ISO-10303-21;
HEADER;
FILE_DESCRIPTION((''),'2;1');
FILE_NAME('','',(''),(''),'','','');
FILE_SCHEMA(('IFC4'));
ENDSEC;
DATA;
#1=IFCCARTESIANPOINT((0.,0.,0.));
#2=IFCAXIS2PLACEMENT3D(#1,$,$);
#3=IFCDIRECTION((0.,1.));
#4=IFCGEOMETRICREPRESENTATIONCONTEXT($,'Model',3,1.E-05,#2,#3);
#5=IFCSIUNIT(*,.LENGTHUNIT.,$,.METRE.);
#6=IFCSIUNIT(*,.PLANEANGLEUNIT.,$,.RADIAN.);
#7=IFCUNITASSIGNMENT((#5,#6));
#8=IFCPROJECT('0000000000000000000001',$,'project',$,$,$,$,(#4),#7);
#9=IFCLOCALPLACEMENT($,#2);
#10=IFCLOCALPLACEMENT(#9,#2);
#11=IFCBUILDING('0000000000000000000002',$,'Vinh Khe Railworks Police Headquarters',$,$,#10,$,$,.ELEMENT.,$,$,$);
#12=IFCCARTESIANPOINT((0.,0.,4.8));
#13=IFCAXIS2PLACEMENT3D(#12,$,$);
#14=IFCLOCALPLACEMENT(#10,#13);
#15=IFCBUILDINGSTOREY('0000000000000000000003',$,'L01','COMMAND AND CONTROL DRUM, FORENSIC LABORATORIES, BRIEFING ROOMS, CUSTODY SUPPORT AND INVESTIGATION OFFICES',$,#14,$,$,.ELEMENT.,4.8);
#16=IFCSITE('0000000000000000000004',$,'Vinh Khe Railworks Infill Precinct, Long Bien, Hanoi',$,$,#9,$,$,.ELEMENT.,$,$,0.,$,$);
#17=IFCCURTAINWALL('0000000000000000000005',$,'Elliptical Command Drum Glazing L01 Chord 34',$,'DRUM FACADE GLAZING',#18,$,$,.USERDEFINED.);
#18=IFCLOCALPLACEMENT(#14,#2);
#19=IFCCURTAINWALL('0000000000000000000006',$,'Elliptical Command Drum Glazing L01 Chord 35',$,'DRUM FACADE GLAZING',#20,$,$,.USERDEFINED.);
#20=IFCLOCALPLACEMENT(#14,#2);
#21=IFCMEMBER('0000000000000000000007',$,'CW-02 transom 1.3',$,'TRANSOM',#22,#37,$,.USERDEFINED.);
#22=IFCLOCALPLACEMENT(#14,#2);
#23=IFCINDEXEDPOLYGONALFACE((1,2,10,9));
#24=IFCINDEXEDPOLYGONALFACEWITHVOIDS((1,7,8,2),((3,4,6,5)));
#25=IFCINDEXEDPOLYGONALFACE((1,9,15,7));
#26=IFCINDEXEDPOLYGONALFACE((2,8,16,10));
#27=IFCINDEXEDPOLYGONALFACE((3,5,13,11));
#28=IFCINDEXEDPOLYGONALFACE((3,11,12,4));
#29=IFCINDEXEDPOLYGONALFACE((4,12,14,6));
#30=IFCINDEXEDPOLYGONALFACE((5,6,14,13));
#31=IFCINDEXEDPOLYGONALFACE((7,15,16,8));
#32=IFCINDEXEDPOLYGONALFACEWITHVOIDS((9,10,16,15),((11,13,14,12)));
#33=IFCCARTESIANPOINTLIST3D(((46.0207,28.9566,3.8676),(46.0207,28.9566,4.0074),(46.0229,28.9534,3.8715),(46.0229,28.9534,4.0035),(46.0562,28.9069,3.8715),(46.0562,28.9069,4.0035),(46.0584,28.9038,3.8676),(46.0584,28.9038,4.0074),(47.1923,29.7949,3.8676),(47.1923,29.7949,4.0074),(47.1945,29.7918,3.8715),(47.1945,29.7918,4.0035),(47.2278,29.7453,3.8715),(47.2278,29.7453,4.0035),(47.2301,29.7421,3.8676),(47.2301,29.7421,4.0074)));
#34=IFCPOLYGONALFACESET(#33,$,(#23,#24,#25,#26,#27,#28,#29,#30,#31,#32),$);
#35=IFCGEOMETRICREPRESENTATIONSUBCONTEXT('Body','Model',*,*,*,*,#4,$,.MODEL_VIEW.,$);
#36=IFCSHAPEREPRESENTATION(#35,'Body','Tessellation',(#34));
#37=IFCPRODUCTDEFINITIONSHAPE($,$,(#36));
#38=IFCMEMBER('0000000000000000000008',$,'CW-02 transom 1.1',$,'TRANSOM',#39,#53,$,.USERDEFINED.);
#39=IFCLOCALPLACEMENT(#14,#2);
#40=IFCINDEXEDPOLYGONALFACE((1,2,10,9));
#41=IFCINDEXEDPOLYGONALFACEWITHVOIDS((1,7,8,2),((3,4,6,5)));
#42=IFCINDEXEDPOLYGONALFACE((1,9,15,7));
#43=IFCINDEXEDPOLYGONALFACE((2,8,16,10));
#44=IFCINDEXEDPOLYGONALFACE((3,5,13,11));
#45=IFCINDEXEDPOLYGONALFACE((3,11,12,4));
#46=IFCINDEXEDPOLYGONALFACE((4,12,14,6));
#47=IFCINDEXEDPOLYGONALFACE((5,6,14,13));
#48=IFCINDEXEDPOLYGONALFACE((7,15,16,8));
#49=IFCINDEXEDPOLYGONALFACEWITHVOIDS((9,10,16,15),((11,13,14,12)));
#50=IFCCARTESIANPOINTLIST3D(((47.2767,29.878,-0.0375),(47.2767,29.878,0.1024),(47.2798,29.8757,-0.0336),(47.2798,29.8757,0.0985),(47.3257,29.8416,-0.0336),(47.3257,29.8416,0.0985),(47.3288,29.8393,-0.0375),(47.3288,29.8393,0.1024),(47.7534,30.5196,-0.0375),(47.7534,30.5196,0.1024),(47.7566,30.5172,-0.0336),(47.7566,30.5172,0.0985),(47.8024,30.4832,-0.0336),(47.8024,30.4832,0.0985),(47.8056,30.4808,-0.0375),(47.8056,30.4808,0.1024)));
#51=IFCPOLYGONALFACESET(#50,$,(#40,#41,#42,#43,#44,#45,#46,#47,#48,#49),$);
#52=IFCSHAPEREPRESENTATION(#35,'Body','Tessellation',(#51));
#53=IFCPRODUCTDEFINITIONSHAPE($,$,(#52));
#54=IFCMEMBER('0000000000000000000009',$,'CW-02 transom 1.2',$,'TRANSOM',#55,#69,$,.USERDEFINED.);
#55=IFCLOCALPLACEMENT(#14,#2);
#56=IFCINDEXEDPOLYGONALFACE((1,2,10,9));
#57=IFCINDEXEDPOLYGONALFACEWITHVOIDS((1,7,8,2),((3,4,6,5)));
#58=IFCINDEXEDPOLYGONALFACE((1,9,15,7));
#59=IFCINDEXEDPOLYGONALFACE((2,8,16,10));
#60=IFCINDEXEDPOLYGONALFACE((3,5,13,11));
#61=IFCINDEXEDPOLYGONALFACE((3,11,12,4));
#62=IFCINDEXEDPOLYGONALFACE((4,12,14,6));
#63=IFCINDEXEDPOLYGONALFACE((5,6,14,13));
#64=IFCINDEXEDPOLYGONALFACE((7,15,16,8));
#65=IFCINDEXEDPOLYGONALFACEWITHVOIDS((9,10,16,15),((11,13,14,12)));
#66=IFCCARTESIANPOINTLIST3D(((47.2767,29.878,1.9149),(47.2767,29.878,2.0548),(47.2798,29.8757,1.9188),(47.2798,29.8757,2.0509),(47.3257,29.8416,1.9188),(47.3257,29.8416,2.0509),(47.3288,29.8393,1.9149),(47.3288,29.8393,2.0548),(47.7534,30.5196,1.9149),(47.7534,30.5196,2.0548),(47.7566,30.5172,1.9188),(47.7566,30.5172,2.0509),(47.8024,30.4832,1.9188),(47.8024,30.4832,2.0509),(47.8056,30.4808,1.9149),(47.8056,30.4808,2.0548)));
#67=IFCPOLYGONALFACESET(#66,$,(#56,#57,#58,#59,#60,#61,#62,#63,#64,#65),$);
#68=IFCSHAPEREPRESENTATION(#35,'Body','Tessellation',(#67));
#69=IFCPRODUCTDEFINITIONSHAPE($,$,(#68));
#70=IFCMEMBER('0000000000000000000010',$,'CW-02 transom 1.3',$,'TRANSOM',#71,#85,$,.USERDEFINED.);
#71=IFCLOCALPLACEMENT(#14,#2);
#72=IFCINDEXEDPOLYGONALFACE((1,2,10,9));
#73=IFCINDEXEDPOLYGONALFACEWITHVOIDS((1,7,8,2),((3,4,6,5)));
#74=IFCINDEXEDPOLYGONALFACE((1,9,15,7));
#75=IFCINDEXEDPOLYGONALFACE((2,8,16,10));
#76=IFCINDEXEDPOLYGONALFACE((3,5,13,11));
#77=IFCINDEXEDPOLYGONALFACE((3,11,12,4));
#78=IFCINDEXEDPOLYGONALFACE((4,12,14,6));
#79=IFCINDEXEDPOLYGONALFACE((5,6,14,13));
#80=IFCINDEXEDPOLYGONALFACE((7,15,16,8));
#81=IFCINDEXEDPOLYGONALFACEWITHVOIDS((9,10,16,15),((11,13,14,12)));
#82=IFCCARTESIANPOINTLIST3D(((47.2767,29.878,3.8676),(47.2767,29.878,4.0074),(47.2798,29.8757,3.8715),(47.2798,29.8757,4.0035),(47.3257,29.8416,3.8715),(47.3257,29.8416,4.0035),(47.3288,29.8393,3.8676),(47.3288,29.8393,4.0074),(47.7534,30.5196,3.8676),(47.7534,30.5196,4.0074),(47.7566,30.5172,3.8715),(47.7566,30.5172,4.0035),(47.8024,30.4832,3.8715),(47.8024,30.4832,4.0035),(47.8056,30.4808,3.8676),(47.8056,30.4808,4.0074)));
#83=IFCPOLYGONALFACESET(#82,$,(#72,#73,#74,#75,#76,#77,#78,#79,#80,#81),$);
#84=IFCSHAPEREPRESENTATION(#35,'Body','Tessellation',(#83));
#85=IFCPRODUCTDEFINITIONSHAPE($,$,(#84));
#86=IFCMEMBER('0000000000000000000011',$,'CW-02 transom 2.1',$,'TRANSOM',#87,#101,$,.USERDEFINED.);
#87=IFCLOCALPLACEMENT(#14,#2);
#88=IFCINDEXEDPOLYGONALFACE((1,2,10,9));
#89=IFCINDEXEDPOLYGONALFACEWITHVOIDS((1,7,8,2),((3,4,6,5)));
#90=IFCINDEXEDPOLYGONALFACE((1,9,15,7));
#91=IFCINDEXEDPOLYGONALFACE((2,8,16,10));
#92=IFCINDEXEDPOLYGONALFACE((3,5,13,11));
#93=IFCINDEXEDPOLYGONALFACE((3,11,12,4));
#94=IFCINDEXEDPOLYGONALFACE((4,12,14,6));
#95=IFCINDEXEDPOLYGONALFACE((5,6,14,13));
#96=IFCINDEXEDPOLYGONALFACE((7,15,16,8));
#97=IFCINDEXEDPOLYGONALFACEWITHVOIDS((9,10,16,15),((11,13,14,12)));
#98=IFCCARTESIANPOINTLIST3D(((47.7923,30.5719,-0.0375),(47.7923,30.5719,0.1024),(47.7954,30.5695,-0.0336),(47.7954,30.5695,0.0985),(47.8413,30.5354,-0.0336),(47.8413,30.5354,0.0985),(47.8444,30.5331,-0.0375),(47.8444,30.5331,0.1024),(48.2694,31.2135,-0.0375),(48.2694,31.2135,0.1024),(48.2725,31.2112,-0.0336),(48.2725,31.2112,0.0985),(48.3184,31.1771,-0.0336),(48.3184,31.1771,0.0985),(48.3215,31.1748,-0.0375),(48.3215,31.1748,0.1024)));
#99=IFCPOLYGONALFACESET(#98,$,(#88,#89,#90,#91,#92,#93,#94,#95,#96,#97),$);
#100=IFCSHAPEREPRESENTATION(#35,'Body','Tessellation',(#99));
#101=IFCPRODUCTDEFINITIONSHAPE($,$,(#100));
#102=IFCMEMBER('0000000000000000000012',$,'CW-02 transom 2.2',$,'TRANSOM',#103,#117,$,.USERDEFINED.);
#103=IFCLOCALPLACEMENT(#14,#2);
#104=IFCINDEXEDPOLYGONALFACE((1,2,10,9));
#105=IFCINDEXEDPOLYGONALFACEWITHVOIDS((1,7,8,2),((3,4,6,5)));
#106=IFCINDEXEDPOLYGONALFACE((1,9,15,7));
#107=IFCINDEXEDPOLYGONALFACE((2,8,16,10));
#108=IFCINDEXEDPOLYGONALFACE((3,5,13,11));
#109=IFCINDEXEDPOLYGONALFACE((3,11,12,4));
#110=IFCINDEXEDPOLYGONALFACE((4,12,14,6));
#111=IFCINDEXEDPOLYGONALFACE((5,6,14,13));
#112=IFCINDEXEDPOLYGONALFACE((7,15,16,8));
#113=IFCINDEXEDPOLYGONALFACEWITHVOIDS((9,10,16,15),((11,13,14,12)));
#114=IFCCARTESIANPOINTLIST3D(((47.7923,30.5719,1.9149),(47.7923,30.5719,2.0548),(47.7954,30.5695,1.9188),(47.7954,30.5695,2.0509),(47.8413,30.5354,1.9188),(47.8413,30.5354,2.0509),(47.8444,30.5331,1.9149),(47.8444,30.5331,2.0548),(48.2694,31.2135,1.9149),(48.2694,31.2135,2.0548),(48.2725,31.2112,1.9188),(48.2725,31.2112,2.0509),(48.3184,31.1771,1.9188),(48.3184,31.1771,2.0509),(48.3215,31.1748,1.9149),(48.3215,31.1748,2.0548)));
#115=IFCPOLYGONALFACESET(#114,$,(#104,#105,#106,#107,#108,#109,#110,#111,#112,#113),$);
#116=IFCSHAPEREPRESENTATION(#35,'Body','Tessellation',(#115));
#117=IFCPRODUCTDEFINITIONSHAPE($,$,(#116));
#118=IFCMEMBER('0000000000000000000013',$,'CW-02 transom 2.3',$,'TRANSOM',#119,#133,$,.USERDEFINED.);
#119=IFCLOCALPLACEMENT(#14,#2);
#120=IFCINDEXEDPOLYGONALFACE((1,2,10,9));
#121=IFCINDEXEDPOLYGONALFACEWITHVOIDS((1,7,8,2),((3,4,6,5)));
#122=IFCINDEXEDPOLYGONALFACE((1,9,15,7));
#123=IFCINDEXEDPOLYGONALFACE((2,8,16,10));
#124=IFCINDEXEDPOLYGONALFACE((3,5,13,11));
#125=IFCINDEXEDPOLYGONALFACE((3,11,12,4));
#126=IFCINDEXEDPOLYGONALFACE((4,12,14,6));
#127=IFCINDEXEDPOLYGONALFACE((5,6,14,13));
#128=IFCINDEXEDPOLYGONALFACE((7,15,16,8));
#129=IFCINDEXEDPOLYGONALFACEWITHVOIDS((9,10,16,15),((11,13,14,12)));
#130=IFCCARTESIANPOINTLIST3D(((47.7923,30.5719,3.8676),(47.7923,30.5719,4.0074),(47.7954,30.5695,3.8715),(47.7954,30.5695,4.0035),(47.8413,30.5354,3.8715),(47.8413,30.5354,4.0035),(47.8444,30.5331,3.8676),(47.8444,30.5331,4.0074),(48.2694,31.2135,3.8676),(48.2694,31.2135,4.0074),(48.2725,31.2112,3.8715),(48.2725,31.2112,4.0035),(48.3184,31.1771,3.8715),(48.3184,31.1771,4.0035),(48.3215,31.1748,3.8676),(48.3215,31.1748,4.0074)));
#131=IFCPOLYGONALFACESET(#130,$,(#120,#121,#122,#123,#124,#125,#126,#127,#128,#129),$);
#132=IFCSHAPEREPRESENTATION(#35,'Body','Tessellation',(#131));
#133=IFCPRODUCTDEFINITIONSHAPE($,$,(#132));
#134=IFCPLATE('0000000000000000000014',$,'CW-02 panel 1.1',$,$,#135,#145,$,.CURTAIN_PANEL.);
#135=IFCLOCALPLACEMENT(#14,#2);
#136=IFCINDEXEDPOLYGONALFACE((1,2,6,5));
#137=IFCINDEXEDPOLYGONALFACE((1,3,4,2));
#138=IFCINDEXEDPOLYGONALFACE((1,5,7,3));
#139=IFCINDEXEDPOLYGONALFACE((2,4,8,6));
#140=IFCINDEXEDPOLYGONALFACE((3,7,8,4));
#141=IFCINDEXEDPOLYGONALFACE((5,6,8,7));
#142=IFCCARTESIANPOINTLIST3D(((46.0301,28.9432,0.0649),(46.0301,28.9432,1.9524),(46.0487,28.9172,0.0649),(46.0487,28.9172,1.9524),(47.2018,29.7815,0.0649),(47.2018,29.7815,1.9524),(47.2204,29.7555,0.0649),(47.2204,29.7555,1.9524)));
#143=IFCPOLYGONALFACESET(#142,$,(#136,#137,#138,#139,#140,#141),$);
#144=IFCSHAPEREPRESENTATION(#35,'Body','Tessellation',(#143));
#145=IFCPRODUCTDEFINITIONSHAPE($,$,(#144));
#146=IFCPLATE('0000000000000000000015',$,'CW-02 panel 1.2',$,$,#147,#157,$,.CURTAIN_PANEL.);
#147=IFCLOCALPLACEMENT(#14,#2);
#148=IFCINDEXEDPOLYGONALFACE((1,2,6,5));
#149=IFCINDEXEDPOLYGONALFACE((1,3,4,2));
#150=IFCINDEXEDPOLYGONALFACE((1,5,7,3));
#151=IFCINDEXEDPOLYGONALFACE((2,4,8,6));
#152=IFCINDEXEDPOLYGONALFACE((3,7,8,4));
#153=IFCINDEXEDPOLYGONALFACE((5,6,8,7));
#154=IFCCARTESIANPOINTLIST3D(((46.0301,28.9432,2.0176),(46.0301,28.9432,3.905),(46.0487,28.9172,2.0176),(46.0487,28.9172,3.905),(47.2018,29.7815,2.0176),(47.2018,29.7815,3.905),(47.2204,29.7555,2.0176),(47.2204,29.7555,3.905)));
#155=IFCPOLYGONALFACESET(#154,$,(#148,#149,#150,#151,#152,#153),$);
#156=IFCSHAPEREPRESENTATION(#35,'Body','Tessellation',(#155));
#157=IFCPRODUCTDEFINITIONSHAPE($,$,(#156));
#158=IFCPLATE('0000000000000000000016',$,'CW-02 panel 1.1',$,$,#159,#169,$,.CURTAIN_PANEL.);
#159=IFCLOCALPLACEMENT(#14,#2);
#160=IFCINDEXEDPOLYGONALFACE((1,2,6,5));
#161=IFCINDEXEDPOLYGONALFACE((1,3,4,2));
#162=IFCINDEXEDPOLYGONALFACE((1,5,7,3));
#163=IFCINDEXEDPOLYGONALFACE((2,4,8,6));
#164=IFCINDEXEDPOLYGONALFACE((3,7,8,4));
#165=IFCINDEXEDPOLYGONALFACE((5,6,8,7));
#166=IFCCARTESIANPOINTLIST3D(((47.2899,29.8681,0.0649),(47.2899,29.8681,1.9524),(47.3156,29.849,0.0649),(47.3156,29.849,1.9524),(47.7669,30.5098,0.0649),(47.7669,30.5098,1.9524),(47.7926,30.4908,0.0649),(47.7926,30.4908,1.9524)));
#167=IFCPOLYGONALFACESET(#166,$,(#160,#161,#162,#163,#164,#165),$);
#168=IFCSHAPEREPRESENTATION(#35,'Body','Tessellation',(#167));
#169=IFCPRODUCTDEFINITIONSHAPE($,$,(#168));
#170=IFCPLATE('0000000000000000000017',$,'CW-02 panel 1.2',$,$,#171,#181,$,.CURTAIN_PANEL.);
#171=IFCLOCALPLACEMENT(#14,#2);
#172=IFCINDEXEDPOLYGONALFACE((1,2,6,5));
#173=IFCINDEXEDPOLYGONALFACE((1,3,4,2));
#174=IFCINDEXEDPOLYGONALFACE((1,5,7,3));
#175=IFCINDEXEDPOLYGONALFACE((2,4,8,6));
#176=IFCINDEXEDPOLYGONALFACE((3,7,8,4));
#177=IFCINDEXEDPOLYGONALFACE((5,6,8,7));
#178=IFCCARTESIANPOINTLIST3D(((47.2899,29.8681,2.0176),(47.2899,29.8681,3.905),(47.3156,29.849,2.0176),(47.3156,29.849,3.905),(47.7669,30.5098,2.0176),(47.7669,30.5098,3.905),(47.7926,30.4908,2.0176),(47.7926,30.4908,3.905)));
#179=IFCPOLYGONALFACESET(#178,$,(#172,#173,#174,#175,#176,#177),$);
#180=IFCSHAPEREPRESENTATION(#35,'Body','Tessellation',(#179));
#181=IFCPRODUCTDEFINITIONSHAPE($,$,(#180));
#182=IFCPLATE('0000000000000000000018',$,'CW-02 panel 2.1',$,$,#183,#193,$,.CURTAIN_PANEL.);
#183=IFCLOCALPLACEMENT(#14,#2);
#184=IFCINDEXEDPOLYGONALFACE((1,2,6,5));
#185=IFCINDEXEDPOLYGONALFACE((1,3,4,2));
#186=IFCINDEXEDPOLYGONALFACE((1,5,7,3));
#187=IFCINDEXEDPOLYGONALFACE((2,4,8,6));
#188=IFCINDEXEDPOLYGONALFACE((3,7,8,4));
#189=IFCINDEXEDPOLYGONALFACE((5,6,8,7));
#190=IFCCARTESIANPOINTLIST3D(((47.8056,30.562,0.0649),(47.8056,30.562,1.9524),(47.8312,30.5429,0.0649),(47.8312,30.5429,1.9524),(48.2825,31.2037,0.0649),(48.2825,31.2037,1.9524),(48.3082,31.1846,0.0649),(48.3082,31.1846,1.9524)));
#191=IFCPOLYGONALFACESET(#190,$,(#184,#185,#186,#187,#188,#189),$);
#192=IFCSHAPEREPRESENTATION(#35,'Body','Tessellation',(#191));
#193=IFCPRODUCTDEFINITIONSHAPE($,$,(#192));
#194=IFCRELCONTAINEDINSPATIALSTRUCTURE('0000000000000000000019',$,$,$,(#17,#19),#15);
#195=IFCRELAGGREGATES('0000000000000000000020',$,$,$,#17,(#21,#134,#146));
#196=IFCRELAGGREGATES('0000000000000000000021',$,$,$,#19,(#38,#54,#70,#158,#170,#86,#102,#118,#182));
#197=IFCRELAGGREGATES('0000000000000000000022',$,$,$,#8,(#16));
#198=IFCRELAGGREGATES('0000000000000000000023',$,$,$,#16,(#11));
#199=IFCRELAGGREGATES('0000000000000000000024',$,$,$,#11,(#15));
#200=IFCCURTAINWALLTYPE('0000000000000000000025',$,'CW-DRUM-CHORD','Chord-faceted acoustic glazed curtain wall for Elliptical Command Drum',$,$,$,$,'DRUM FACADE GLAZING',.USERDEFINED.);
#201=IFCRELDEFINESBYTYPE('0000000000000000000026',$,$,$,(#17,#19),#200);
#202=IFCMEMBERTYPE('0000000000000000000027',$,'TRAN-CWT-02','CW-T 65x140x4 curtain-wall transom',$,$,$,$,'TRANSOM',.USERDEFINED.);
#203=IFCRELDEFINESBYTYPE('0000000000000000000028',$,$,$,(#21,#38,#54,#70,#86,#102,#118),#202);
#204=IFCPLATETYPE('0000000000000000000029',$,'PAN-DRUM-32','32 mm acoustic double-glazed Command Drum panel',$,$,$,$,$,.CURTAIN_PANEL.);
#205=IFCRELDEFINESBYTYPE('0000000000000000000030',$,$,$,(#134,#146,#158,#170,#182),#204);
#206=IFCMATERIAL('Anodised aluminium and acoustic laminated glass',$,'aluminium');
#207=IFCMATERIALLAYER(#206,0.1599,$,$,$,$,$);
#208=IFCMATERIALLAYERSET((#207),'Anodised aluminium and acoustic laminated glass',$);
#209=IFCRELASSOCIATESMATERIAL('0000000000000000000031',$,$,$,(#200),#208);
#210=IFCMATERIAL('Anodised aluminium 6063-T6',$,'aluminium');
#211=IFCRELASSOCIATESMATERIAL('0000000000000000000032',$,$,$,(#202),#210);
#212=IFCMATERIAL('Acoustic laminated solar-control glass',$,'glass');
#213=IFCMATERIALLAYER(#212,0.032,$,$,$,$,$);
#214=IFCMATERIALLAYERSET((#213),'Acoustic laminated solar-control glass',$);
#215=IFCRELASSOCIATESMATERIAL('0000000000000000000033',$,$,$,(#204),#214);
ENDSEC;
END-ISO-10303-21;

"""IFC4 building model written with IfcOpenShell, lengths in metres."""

from ifc_helpers import new_model, si_unit, direction, frame, origin, origin_2d, place, context, subcontext, project, spatial, rectangle, hollow_rectangle, extrude, material, layer, layer_set, material_profile, profile_set, type_object, element, aggregate, save


model = new_model("IFC4")

# Units and contexts
model_context = context("Model", 3, precision=1e-05, world=origin(), true_north=direction((0.0, 1.0)))
body_context = subcontext(model_context, "Body", "Model", "MODEL_VIEW")
ifc_project = project(units=[si_unit("LENGTHUNIT", "METRE"), si_unit("PLANEANGLEUNIT", "RADIAN")], contexts=[model_context])

# Site, building, storey
site_placement = place(None, origin())
site = spatial("IfcSite", under=ifc_project, at=site_placement, Name="Vinh Khe Railworks Infill Precinct, Long Bien, Hanoi", CompositionType="ELEMENT", RefElevation=0.0)
building_placement = place(site_placement, origin())
building = spatial("IfcBuilding", under=site, at=building_placement, Name="Vinh Khe Railworks Police Headquarters", CompositionType="ELEMENT")
storey_placement = place(building_placement, frame((0.0, 0.0, 4.8)))
storey = spatial("IfcBuildingStorey", under=building, at=storey_placement, Name="L01", Description="COMMAND AND CONTROL DRUM, FORENSIC LABORATORIES, BRIEFING ROOMS, CUSTODY SUPPORT AND INVESTIGATION OFFICES", CompositionType="ELEMENT", Elevation=4.8)

# Curtain wall
ifc_material_1 = material(Name="Anodised aluminium and acoustic laminated glass", Category="aluminium")
ifc_layer_1 = layer(ifc_material_1, 0.1599)
ifc_layer_set_1 = layer_set([ifc_layer_1], Name="Anodised aluminium and acoustic laminated glass")
curtain_wall_type = type_object("IfcCurtainWallType", Name="CW-DRUM-CHORD", Description="Chord-faceted acoustic glazed curtain wall for Elliptical Command Drum", ElementType="DRUM FACADE GLAZING", PredefinedType="USERDEFINED", material=ifc_layer_set_1)
curtain_wall_1_placement = place(storey_placement, origin())
curtain_wall_1 = element("IfcCurtainWall", 1, at=curtain_wall_1_placement, inside=storey, type_object=curtain_wall_type, Name="Elliptical Command Drum Glazing L01 Chord 34", ObjectType="DRUM FACADE GLAZING", PredefinedType="USERDEFINED")
ifc_material_2 = material(Name="Anodised aluminium 6063-T6", Category="aluminium")

# Curtain wall
curtain_wall_2_placement = place(storey_placement, origin())
curtain_wall_2 = element("IfcCurtainWall", 2, at=curtain_wall_2_placement, inside=storey, type_object=curtain_wall_type, Name="Elliptical Command Drum Glazing L01 Chord 35", ObjectType="DRUM FACADE GLAZING", PredefinedType="USERDEFINED")

# Members
ifc_material_profile_1 = material_profile(ifc_material_2, hollow_rectangle(XDim=0.0649, YDim=0.1399, WallThickness=0.0039, at=origin_2d()), Name="CW-T 65x140x4")
ifc_profile_set_1 = profile_set([ifc_material_profile_1], Name="Anodised aluminium 6063-T6")
member_type_1 = type_object("IfcMemberType", Name="TRAN-CWT-02", Description="CW-T 65x140x4 curtain-wall transom", ElementType="TRANSOM", PredefinedType="USERDEFINED", material=ifc_profile_set_1)
member_1_placement = place(storey_placement, frame((46.0396, 28.9302, 3.9375), z_axis=(0.813241, 0.581927, 0.0), x_axis=(-0.581927, 0.813241, 0.0)))
member_1 = element("IfcMember", 3, at=member_1_placement, type_object=member_type_1, Name="CW-02 transom 1.3", ObjectType="TRANSOM", PredefinedType="USERDEFINED", context=body_context, shape_type="SweptSolid", body=[
    extrude(hollow_rectangle(XDim=0.0649, YDim=0.1399, WallThickness=0.0039, at=origin_2d()), origin(), (0.0, 0.0, 1.0), 1.4407),
])
member_2_placement = place(storey_placement, frame((47.3027, 29.8586, 0.0325), z_axis=(0.596476, 0.802631, 0.0), x_axis=(-0.802631, 0.596476, 0.0)))
member_2 = element("IfcMember", 4, at=member_2_placement, type_object=member_type_1, Name="CW-02 transom 1.1", ObjectType="TRANSOM", PredefinedType="USERDEFINED", context=body_context, shape_type="SweptSolid", body=[
    extrude(hollow_rectangle(XDim=0.0649, YDim=0.1399, WallThickness=0.0039, at=origin_2d()), origin(), (0.0, 0.0, 1.0), 0.7993),
])
member_3_placement = place(storey_placement, frame((47.3027, 29.8586, 1.9849), z_axis=(0.596476, 0.802631, 0.0), x_axis=(-0.802631, 0.596476, 0.0)))
member_3 = element("IfcMember", 5, at=member_3_placement, type_object=member_type_1, Name="CW-02 transom 1.2", ObjectType="TRANSOM", PredefinedType="USERDEFINED", context=body_context, shape_type="SweptSolid", body=[
    extrude(hollow_rectangle(XDim=0.0649, YDim=0.1399, WallThickness=0.0039, at=origin_2d()), origin(), (0.0, 0.0, 1.0), 0.7993),
])
member_4_placement = place(storey_placement, frame((47.3027, 29.8586, 3.9375), z_axis=(0.596476, 0.802631, 0.0), x_axis=(-0.802631, 0.596476, 0.0)))
member_4 = element("IfcMember", 6, at=member_4_placement, type_object=member_type_1, Name="CW-02 transom 1.3", ObjectType="TRANSOM", PredefinedType="USERDEFINED", context=body_context, shape_type="SweptSolid", body=[
    extrude(hollow_rectangle(XDim=0.0649, YDim=0.1399, WallThickness=0.0039, at=origin_2d()), origin(), (0.0, 0.0, 1.0), 0.7993),
])
member_5_placement = place(storey_placement, frame((47.8184, 30.5525, 0.0325), z_axis=(0.596673, 0.802485, 0.0), x_axis=(-0.802485, 0.596673, 0.0)))
member_5 = element("IfcMember", 7, at=member_5_placement, type_object=member_type_1, Name="CW-02 transom 2.1", ObjectType="TRANSOM", PredefinedType="USERDEFINED", context=body_context, shape_type="SweptSolid", body=[
    extrude(hollow_rectangle(XDim=0.0649, YDim=0.1399, WallThickness=0.0039, at=origin_2d()), origin(), (0.0, 0.0, 1.0), 0.7996),
])
member_6_placement = place(storey_placement, frame((47.8184, 30.5525, 1.9849), z_axis=(0.596673, 0.802485, 0.0), x_axis=(-0.802485, 0.596673, 0.0)))
member_6 = element("IfcMember", 8, at=member_6_placement, type_object=member_type_1, Name="CW-02 transom 2.2", ObjectType="TRANSOM", PredefinedType="USERDEFINED", context=body_context, shape_type="SweptSolid", body=[
    extrude(hollow_rectangle(XDim=0.0649, YDim=0.1399, WallThickness=0.0039, at=origin_2d()), origin(), (0.0, 0.0, 1.0), 0.7996),
])
member_7_placement = place(storey_placement, frame((47.8184, 30.5525, 3.9375), z_axis=(0.596673, 0.802485, 0.0), x_axis=(-0.802485, 0.596673, 0.0)))
member_7 = element("IfcMember", 9, at=member_7_placement, type_object=member_type_1, Name="CW-02 transom 2.3", ObjectType="TRANSOM", PredefinedType="USERDEFINED", context=body_context, shape_type="SweptSolid", body=[
    extrude(hollow_rectangle(XDim=0.0649, YDim=0.1399, WallThickness=0.0039, at=origin_2d()), origin(), (0.0, 0.0, 1.0), 0.7996),
])

# Plates
ifc_material_3 = material(Name="Acoustic laminated solar-control glass", Category="glass")
ifc_layer_2 = layer(ifc_material_3, 0.032)
ifc_layer_set_2 = layer_set([ifc_layer_2], Name="Acoustic laminated solar-control glass")
plate_type = type_object("IfcPlateType", Name="PAN-DRUM-32", Description="32 mm acoustic double-glazed Command Drum panel", PredefinedType="CURTAIN_PANEL", material=ifc_layer_set_2)
plate_1_placement = place(storey_placement, frame((46.6252, 29.3494, 0.0649), z_axis=(0.0, 0.0, 1.0), x_axis=(0.813248, 0.581917, 0.0)))
plate_1 = element("IfcPlate", 10, at=plate_1_placement, type_object=plate_type, Name="CW-02 panel 1.1", PredefinedType="CURTAIN_PANEL", context=body_context, shape_type="SweptSolid", body=[
    extrude(rectangle(XDim=1.4407, YDim=0.032, at=origin_2d()), origin(), (0.0, 0.0, 1.0), 1.8875),
])
plate_2_placement = place(storey_placement, frame((46.6252, 29.3494, 2.0176), z_axis=(0.0, 0.0, 1.0), x_axis=(0.813248, 0.581917, 0.0)))
plate_2 = element("IfcPlate", 11, at=plate_2_placement, type_object=plate_type, Name="CW-02 panel 1.2", PredefinedType="CURTAIN_PANEL", context=body_context, shape_type="SweptSolid", body=[
    extrude(rectangle(XDim=1.4407, YDim=0.032, at=origin_2d()), origin(), (0.0, 0.0, 1.0), 1.8875),
])
aggregate(curtain_wall_1, [member_1, plate_1, plate_2])
plate_3_placement = place(storey_placement, frame((47.5413, 30.1794, 0.0649), z_axis=(0.0, 0.0, 1.0), x_axis=(0.596528, 0.802592, 0.0)))
plate_3 = element("IfcPlate", 12, at=plate_3_placement, type_object=plate_type, Name="CW-02 panel 1.1", PredefinedType="CURTAIN_PANEL", context=body_context, shape_type="SweptSolid", body=[
    extrude(rectangle(XDim=0.7996, YDim=0.032, at=origin_2d()), origin(), (0.0, 0.0, 1.0), 1.8875),
])
plate_4_placement = place(storey_placement, frame((47.5413, 30.1794, 2.0176), z_axis=(0.0, 0.0, 1.0), x_axis=(0.596528, 0.802592, 0.0)))
plate_4 = element("IfcPlate", 13, at=plate_4_placement, type_object=plate_type, Name="CW-02 panel 1.2", PredefinedType="CURTAIN_PANEL", context=body_context, shape_type="SweptSolid", body=[
    extrude(rectangle(XDim=0.7996, YDim=0.032, at=origin_2d()), origin(), (0.0, 0.0, 1.0), 1.8875),
])
plate_5_placement = place(storey_placement, frame((48.0569, 30.8733, 0.0649), z_axis=(0.0, 0.0, 1.0), x_axis=(0.596528, 0.802592, 0.0)))
plate_5 = element("IfcPlate", 14, at=plate_5_placement, type_object=plate_type, Name="CW-02 panel 2.1", PredefinedType="CURTAIN_PANEL", context=body_context, shape_type="SweptSolid", body=[
    extrude(rectangle(XDim=0.7996, YDim=0.032, at=origin_2d()), origin(), (0.0, 0.0, 1.0), 1.8875),
])
aggregate(curtain_wall_2, [member_2, member_3, member_4, plate_3, plate_4, member_5, member_6, member_7, plate_5])

save(model, "model.ifc")
